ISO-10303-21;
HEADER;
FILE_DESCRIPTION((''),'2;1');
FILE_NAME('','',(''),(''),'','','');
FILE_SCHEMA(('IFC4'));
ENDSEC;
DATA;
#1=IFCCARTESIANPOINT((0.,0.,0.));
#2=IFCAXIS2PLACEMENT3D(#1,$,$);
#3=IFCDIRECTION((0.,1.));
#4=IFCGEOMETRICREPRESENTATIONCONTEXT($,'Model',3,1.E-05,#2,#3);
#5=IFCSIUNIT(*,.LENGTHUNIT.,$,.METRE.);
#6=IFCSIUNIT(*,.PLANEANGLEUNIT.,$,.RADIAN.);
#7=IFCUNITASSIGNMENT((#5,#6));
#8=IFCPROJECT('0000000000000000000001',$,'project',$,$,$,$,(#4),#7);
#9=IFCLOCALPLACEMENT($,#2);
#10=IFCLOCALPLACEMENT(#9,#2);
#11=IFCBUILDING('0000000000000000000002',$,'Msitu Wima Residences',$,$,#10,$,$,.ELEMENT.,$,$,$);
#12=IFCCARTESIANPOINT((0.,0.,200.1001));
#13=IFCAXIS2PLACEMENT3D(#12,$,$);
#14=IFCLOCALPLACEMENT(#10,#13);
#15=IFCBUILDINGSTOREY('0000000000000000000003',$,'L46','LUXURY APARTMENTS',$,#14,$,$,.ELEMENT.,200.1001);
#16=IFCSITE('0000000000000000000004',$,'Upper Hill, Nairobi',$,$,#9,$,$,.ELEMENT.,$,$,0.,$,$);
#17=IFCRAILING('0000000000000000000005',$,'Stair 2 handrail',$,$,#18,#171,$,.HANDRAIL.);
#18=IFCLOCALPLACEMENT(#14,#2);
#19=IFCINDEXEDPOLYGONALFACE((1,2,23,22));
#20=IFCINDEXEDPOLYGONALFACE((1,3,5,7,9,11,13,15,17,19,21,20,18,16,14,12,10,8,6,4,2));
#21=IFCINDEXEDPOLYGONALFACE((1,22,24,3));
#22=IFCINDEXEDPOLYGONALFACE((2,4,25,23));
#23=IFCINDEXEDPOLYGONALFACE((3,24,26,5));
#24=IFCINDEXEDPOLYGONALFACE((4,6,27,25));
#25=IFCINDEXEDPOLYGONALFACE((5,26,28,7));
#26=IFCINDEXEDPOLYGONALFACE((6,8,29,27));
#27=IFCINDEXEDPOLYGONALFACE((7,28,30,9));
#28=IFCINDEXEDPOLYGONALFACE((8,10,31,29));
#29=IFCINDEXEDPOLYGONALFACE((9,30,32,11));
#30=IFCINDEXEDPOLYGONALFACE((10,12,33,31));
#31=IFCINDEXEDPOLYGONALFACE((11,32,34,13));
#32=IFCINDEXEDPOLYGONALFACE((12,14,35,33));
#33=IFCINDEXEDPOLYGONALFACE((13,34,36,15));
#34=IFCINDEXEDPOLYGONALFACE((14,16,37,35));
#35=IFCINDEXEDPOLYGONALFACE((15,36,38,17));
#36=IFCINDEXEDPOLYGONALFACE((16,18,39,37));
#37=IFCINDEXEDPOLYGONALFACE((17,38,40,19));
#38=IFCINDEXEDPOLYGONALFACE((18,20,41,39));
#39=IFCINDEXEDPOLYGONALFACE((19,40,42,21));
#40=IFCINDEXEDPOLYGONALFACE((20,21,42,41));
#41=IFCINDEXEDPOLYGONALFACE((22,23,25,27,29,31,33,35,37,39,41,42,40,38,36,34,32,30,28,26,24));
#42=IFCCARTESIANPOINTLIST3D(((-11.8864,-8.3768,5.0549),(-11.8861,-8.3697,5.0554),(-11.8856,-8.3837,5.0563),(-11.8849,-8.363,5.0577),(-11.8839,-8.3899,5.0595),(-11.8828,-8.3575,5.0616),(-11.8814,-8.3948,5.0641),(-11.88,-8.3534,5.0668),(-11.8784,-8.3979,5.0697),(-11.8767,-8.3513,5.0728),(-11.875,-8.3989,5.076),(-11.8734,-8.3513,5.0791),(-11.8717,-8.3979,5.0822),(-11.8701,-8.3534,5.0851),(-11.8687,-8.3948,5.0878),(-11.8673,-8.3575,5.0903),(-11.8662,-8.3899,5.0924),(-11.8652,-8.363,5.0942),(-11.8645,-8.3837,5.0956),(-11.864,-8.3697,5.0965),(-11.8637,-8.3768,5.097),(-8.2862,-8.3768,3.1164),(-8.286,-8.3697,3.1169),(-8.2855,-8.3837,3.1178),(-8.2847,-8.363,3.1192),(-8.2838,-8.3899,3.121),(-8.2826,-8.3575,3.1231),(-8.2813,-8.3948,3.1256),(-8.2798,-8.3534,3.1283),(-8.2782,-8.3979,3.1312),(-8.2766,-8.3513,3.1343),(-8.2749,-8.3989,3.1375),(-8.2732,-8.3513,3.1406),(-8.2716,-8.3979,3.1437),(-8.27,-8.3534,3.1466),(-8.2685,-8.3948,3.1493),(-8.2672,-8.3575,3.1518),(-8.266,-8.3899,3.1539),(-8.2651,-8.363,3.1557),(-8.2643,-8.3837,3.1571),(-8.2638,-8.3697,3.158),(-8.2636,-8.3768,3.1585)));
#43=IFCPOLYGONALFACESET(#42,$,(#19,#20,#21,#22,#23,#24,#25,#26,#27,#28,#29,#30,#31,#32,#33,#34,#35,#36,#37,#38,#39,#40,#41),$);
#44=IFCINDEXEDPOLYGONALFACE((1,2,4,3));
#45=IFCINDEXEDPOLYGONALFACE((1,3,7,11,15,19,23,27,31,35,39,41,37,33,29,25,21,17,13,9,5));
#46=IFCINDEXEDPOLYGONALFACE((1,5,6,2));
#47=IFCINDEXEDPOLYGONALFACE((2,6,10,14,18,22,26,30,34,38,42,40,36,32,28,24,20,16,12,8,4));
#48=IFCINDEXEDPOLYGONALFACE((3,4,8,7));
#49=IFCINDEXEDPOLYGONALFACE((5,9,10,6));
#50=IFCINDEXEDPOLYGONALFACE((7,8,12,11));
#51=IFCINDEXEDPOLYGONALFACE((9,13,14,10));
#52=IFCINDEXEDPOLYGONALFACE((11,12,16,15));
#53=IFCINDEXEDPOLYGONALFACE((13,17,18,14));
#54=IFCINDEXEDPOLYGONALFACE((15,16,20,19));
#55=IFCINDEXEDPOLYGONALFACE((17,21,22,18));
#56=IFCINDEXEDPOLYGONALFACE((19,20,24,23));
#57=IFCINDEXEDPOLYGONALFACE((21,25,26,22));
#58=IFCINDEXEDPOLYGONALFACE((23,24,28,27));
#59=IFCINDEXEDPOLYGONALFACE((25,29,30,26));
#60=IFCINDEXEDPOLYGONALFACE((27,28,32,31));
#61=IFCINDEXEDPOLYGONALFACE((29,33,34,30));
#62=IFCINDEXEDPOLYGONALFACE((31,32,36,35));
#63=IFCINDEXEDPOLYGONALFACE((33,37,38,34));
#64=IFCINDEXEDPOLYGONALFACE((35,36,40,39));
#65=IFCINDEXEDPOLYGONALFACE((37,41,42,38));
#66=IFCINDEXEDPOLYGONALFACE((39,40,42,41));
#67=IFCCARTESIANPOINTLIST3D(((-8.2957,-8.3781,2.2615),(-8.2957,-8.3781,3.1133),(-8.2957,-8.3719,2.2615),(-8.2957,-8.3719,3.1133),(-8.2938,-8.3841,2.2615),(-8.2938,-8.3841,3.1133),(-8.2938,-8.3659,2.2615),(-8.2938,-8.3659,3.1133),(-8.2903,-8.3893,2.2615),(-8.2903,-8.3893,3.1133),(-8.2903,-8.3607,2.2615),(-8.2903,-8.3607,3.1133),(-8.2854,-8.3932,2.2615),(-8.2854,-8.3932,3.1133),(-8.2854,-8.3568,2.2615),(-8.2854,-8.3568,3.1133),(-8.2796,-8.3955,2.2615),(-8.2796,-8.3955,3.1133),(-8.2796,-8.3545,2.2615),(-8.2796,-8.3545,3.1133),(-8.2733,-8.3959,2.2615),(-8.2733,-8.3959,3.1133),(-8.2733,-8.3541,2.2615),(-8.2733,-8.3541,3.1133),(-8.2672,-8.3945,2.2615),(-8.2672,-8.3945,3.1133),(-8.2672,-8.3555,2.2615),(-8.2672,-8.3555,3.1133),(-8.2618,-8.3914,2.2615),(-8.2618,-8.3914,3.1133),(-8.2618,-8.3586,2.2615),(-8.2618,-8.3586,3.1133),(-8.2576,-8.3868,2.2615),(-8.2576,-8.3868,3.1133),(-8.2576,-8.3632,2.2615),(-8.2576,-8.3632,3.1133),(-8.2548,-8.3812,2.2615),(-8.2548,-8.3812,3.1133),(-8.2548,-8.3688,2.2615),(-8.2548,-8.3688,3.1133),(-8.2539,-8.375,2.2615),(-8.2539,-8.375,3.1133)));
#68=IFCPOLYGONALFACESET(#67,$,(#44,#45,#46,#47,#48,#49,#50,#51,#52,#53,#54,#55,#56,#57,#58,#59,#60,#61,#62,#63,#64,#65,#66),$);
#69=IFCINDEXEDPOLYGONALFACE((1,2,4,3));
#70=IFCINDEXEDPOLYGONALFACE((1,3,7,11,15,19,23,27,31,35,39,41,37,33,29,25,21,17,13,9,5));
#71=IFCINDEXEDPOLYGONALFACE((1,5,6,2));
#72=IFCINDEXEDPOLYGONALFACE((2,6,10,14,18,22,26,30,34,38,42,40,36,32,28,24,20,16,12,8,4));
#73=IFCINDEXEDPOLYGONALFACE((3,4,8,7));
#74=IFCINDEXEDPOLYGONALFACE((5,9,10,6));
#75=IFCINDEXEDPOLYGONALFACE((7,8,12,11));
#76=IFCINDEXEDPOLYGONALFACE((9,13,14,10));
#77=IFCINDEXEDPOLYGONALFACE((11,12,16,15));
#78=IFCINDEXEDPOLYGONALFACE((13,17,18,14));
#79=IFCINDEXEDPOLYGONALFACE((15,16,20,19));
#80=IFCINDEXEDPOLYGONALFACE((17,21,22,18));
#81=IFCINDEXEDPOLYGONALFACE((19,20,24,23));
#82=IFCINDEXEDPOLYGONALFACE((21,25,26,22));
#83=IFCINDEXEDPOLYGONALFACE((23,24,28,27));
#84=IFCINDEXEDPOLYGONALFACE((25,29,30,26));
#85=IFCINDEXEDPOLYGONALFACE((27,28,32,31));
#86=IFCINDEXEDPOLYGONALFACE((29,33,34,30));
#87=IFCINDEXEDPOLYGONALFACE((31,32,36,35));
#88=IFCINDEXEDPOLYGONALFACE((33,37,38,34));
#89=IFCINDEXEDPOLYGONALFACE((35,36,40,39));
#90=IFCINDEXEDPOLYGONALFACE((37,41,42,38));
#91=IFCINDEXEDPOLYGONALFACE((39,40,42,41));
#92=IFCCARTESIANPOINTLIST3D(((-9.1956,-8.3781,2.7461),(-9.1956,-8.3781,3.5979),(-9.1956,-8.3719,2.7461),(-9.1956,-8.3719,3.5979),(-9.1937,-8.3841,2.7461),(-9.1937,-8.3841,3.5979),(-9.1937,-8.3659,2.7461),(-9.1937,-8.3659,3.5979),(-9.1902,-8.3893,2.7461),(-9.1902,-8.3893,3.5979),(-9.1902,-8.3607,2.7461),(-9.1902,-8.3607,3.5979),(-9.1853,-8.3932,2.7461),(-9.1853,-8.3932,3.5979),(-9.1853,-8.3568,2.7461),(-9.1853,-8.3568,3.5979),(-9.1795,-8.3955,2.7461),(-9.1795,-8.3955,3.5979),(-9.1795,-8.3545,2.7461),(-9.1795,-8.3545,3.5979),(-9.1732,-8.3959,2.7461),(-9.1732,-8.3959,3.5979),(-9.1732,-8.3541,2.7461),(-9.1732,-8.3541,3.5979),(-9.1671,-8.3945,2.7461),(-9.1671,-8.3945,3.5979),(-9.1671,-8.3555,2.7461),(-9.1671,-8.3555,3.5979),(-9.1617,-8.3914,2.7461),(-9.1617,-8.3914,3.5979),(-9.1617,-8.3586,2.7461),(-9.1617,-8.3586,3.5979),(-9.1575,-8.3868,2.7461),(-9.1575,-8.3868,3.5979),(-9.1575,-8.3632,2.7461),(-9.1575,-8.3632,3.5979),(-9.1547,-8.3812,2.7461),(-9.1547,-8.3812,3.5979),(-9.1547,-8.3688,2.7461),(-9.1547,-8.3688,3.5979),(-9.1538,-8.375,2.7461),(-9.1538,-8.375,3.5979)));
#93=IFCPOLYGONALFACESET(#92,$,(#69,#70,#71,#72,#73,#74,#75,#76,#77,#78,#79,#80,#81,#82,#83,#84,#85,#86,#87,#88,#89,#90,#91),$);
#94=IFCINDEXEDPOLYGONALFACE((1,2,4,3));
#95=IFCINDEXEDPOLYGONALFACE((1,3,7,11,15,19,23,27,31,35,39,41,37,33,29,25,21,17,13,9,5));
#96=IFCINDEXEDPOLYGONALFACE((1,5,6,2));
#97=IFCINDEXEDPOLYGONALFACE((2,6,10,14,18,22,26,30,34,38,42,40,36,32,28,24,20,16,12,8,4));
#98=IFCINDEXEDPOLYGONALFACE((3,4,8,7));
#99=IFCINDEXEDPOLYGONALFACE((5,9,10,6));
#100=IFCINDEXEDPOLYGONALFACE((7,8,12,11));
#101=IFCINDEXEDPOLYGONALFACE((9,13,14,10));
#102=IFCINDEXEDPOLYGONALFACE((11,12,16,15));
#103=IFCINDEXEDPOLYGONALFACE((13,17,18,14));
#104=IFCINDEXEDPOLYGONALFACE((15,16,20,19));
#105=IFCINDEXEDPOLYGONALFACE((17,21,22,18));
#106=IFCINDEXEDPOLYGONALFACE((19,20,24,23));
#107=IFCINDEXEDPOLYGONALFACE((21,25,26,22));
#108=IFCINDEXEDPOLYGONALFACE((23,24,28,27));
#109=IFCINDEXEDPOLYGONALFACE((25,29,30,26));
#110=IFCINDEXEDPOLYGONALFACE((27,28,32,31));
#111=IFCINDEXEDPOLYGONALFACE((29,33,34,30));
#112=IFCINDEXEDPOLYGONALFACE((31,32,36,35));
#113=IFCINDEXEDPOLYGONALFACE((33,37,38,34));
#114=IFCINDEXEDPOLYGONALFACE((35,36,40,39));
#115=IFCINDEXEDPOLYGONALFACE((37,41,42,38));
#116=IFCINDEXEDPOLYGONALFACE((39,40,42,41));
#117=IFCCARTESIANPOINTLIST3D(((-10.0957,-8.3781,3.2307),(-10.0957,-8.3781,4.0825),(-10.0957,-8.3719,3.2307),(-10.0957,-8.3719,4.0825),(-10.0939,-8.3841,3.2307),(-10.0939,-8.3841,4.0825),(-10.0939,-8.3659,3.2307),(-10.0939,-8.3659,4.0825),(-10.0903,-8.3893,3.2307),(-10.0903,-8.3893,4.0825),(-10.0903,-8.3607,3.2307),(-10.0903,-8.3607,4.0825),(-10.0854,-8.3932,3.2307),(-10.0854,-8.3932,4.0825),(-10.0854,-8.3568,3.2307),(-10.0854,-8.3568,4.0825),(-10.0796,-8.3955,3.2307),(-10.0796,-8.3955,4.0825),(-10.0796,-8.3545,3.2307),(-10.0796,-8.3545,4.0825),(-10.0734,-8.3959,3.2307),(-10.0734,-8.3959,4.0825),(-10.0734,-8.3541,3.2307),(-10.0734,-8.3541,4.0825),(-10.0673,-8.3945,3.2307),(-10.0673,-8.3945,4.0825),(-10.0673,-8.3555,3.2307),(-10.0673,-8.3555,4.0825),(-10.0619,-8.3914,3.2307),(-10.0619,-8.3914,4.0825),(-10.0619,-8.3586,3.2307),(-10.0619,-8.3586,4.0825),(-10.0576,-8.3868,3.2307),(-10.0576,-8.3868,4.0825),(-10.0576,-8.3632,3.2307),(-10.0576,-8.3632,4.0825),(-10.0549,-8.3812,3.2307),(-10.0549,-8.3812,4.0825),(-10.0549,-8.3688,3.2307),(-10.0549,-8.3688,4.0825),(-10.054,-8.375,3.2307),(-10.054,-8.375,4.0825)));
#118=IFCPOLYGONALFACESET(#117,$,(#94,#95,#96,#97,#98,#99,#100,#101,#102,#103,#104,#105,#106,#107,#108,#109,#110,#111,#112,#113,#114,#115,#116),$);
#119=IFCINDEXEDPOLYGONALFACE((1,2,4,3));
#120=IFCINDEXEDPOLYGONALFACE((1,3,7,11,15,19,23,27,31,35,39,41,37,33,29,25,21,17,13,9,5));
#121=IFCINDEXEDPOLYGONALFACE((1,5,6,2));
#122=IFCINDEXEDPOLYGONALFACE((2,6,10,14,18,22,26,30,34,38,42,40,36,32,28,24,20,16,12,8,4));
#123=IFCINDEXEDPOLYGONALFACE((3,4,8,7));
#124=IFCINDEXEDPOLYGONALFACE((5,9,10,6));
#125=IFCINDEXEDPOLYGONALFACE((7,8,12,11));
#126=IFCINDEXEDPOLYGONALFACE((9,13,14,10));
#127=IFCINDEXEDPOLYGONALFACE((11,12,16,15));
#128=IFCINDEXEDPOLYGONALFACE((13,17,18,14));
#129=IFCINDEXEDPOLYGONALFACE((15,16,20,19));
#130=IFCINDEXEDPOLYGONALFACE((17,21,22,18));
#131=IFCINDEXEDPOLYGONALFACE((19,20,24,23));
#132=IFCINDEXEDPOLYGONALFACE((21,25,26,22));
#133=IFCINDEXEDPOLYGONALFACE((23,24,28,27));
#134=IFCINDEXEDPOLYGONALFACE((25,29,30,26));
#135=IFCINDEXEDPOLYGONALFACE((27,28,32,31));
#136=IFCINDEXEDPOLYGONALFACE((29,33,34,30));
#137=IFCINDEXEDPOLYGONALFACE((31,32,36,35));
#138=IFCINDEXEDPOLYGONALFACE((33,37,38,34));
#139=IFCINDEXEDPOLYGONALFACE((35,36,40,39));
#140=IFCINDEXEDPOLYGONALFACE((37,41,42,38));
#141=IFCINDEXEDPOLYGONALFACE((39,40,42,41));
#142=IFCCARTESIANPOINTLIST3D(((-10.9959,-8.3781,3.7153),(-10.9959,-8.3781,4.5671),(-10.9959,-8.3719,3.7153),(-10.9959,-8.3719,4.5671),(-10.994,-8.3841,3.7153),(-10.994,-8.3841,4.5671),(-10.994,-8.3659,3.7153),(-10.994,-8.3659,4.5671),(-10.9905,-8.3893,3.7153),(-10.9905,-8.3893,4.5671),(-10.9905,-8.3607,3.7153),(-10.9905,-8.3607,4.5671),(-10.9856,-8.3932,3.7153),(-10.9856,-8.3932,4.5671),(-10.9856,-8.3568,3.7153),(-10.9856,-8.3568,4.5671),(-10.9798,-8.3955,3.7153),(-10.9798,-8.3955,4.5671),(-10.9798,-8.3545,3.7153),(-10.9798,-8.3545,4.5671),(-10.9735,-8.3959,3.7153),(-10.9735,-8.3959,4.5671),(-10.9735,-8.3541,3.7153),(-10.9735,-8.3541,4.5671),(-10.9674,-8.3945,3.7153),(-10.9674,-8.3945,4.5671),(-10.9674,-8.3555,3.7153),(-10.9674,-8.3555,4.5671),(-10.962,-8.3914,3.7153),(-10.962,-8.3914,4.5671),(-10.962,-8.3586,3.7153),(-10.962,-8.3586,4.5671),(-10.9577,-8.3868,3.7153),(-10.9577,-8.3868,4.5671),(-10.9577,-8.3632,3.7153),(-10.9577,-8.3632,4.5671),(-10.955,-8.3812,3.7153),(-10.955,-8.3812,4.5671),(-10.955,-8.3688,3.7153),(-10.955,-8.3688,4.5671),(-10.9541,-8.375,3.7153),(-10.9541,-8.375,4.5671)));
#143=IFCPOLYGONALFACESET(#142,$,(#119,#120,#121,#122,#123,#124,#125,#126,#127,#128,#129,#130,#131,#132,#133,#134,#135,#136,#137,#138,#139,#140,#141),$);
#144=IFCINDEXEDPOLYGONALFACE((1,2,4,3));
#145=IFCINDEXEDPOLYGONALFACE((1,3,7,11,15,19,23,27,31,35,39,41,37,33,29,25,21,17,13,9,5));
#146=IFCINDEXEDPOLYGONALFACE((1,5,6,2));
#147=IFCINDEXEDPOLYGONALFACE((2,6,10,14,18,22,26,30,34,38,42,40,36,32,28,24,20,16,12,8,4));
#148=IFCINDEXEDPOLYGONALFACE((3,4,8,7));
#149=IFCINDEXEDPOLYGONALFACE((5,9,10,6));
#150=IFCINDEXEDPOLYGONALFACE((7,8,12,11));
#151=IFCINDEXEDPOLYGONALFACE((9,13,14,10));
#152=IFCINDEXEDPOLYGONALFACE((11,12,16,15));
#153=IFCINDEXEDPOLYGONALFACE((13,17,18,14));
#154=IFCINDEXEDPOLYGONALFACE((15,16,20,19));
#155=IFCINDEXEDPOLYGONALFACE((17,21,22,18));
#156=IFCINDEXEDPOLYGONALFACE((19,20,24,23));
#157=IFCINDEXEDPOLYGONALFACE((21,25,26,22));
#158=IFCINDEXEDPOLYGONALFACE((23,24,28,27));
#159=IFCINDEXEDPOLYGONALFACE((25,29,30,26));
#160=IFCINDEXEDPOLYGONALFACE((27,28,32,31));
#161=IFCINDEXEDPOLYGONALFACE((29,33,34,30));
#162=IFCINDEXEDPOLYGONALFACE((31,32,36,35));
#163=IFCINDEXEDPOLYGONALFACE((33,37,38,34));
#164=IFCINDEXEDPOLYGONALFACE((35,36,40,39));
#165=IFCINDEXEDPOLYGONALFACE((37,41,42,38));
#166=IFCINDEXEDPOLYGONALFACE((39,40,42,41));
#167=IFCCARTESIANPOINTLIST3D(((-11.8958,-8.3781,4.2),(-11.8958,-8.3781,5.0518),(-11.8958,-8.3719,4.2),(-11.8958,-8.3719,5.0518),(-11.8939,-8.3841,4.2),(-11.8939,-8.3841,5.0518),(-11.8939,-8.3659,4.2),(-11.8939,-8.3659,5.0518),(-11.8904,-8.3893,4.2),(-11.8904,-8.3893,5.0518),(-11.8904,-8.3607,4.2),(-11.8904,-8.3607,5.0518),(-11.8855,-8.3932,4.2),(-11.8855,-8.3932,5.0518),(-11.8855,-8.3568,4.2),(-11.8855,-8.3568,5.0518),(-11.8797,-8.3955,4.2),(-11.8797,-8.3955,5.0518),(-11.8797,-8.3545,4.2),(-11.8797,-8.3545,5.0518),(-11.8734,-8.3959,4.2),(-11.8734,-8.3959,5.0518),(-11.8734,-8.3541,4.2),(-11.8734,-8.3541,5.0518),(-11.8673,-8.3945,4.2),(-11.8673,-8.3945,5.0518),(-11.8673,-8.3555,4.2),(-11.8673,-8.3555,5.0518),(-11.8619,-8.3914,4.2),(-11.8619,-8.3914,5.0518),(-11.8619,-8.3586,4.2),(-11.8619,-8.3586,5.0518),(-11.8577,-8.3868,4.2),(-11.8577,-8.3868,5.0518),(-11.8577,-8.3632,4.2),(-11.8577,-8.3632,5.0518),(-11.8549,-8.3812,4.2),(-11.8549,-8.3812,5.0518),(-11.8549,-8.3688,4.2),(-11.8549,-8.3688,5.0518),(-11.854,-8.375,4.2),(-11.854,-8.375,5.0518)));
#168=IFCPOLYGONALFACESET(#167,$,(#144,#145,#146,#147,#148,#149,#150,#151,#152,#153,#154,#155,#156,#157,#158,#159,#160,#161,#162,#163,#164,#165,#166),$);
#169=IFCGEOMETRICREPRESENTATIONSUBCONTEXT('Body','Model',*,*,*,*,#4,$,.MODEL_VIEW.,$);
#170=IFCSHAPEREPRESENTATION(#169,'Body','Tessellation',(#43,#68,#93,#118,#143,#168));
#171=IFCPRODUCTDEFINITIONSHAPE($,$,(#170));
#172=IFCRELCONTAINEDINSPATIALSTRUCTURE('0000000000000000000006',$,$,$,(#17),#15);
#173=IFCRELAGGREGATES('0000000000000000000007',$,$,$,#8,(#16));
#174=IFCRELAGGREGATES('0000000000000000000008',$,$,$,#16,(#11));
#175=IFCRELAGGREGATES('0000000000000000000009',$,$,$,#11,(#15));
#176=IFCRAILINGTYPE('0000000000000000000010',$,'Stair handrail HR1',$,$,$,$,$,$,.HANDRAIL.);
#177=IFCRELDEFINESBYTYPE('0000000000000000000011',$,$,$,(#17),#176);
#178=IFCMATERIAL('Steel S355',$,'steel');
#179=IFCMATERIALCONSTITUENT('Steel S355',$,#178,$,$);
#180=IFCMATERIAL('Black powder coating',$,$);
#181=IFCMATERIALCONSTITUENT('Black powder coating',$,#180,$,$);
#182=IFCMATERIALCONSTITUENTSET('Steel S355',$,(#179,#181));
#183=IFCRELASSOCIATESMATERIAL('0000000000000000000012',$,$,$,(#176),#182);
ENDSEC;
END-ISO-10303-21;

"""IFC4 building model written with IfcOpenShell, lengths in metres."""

from ifc_helpers import new_model, si_unit, direction, frame, origin, origin_2d, place, context, subcontext, project, spatial, circle, extrude, material, constituent, constituent_set, type_object, element, save


model = new_model("IFC4")

# Units and contexts
model_context = context("Model", 3, precision=1e-05, world=origin(), true_north=direction((0.0, 1.0)))
body_context = subcontext(model_context, "Body", "Model", "MODEL_VIEW")
ifc_project = project(units=[si_unit("LENGTHUNIT", "METRE"), si_unit("PLANEANGLEUNIT", "RADIAN")], contexts=[model_context])

# Site, building, storey
site_placement = place(None, origin())
site = spatial("IfcSite", under=ifc_project, at=site_placement, Name="Upper Hill, Nairobi", CompositionType="ELEMENT", RefElevation=0.0)
building_placement = place(site_placement, origin())
building = spatial("IfcBuilding", under=site, at=building_placement, Name="Msitu Wima Residences", CompositionType="ELEMENT")
storey_placement = place(building_placement, frame((0.0, 0.0, 200.1001)))
storey = spatial("IfcBuildingStorey", under=building, at=storey_placement, Name="L46", Description="LUXURY APARTMENTS", CompositionType="ELEMENT", Elevation=200.1001)

# Railing
ifc_material_1 = material(Name="Steel S355", Category="steel")
ifc_constituent_1 = constituent(ifc_material_1, Name="Steel S355")
ifc_material_2 = material(Name="Black powder coating")
ifc_constituent_2 = constituent(ifc_material_2, Name="Black powder coating")
ifc_constituent_set = constituent_set(constituents=[ifc_constituent_1, ifc_constituent_2], Name="Steel S355")
railing_type = type_object("IfcRailingType", Name="Stair handrail HR1", PredefinedType="HANDRAIL", material=ifc_constituent_set)
for number, where, name in (
    (1, (-8.2749, -8.375, 2.2615), "Stair 2 handrail"),
):
    element("IfcRailing", number, at=place(storey_placement, frame(where)), inside=storey, type_object=railing_type, Name=name, PredefinedType="HANDRAIL", context=body_context, shape_type="SweptSolid", body=[
        extrude(circle(Radius=0.0239, at=origin_2d()), frame((0.0, 0.0, 0.876), z_axis=(-0.880475, 0.0, 0.474093), x_axis=(0.0, -1.0, 0.0)), (0.0, 0.0, 1.0), 4.0889),
        extrude(circle(Radius=0.021, at=origin_2d()), origin(), (0.0, 0.0, 1.0), 0.8518),
        extrude(circle(Radius=0.021, at=origin_2d()), frame((-0.8999, 0.0, 0.4846)), (0.0, 0.0, 1.0), 0.8518),
        extrude(circle(Radius=0.021, at=origin_2d()), frame((-1.8, 0.0, 0.9692)), (0.0, 0.0, 1.0), 0.8518),
        extrude(circle(Radius=0.021, at=origin_2d()), frame((-2.7002, 0.0, 1.4539)), (0.0, 0.0, 1.0), 0.8518),
        extrude(circle(Radius=0.021, at=origin_2d()), frame((-3.6001, 0.0, 1.9385)), (0.0, 0.0, 1.0), 0.8518),
    ])

save(model, "model.ifc")
